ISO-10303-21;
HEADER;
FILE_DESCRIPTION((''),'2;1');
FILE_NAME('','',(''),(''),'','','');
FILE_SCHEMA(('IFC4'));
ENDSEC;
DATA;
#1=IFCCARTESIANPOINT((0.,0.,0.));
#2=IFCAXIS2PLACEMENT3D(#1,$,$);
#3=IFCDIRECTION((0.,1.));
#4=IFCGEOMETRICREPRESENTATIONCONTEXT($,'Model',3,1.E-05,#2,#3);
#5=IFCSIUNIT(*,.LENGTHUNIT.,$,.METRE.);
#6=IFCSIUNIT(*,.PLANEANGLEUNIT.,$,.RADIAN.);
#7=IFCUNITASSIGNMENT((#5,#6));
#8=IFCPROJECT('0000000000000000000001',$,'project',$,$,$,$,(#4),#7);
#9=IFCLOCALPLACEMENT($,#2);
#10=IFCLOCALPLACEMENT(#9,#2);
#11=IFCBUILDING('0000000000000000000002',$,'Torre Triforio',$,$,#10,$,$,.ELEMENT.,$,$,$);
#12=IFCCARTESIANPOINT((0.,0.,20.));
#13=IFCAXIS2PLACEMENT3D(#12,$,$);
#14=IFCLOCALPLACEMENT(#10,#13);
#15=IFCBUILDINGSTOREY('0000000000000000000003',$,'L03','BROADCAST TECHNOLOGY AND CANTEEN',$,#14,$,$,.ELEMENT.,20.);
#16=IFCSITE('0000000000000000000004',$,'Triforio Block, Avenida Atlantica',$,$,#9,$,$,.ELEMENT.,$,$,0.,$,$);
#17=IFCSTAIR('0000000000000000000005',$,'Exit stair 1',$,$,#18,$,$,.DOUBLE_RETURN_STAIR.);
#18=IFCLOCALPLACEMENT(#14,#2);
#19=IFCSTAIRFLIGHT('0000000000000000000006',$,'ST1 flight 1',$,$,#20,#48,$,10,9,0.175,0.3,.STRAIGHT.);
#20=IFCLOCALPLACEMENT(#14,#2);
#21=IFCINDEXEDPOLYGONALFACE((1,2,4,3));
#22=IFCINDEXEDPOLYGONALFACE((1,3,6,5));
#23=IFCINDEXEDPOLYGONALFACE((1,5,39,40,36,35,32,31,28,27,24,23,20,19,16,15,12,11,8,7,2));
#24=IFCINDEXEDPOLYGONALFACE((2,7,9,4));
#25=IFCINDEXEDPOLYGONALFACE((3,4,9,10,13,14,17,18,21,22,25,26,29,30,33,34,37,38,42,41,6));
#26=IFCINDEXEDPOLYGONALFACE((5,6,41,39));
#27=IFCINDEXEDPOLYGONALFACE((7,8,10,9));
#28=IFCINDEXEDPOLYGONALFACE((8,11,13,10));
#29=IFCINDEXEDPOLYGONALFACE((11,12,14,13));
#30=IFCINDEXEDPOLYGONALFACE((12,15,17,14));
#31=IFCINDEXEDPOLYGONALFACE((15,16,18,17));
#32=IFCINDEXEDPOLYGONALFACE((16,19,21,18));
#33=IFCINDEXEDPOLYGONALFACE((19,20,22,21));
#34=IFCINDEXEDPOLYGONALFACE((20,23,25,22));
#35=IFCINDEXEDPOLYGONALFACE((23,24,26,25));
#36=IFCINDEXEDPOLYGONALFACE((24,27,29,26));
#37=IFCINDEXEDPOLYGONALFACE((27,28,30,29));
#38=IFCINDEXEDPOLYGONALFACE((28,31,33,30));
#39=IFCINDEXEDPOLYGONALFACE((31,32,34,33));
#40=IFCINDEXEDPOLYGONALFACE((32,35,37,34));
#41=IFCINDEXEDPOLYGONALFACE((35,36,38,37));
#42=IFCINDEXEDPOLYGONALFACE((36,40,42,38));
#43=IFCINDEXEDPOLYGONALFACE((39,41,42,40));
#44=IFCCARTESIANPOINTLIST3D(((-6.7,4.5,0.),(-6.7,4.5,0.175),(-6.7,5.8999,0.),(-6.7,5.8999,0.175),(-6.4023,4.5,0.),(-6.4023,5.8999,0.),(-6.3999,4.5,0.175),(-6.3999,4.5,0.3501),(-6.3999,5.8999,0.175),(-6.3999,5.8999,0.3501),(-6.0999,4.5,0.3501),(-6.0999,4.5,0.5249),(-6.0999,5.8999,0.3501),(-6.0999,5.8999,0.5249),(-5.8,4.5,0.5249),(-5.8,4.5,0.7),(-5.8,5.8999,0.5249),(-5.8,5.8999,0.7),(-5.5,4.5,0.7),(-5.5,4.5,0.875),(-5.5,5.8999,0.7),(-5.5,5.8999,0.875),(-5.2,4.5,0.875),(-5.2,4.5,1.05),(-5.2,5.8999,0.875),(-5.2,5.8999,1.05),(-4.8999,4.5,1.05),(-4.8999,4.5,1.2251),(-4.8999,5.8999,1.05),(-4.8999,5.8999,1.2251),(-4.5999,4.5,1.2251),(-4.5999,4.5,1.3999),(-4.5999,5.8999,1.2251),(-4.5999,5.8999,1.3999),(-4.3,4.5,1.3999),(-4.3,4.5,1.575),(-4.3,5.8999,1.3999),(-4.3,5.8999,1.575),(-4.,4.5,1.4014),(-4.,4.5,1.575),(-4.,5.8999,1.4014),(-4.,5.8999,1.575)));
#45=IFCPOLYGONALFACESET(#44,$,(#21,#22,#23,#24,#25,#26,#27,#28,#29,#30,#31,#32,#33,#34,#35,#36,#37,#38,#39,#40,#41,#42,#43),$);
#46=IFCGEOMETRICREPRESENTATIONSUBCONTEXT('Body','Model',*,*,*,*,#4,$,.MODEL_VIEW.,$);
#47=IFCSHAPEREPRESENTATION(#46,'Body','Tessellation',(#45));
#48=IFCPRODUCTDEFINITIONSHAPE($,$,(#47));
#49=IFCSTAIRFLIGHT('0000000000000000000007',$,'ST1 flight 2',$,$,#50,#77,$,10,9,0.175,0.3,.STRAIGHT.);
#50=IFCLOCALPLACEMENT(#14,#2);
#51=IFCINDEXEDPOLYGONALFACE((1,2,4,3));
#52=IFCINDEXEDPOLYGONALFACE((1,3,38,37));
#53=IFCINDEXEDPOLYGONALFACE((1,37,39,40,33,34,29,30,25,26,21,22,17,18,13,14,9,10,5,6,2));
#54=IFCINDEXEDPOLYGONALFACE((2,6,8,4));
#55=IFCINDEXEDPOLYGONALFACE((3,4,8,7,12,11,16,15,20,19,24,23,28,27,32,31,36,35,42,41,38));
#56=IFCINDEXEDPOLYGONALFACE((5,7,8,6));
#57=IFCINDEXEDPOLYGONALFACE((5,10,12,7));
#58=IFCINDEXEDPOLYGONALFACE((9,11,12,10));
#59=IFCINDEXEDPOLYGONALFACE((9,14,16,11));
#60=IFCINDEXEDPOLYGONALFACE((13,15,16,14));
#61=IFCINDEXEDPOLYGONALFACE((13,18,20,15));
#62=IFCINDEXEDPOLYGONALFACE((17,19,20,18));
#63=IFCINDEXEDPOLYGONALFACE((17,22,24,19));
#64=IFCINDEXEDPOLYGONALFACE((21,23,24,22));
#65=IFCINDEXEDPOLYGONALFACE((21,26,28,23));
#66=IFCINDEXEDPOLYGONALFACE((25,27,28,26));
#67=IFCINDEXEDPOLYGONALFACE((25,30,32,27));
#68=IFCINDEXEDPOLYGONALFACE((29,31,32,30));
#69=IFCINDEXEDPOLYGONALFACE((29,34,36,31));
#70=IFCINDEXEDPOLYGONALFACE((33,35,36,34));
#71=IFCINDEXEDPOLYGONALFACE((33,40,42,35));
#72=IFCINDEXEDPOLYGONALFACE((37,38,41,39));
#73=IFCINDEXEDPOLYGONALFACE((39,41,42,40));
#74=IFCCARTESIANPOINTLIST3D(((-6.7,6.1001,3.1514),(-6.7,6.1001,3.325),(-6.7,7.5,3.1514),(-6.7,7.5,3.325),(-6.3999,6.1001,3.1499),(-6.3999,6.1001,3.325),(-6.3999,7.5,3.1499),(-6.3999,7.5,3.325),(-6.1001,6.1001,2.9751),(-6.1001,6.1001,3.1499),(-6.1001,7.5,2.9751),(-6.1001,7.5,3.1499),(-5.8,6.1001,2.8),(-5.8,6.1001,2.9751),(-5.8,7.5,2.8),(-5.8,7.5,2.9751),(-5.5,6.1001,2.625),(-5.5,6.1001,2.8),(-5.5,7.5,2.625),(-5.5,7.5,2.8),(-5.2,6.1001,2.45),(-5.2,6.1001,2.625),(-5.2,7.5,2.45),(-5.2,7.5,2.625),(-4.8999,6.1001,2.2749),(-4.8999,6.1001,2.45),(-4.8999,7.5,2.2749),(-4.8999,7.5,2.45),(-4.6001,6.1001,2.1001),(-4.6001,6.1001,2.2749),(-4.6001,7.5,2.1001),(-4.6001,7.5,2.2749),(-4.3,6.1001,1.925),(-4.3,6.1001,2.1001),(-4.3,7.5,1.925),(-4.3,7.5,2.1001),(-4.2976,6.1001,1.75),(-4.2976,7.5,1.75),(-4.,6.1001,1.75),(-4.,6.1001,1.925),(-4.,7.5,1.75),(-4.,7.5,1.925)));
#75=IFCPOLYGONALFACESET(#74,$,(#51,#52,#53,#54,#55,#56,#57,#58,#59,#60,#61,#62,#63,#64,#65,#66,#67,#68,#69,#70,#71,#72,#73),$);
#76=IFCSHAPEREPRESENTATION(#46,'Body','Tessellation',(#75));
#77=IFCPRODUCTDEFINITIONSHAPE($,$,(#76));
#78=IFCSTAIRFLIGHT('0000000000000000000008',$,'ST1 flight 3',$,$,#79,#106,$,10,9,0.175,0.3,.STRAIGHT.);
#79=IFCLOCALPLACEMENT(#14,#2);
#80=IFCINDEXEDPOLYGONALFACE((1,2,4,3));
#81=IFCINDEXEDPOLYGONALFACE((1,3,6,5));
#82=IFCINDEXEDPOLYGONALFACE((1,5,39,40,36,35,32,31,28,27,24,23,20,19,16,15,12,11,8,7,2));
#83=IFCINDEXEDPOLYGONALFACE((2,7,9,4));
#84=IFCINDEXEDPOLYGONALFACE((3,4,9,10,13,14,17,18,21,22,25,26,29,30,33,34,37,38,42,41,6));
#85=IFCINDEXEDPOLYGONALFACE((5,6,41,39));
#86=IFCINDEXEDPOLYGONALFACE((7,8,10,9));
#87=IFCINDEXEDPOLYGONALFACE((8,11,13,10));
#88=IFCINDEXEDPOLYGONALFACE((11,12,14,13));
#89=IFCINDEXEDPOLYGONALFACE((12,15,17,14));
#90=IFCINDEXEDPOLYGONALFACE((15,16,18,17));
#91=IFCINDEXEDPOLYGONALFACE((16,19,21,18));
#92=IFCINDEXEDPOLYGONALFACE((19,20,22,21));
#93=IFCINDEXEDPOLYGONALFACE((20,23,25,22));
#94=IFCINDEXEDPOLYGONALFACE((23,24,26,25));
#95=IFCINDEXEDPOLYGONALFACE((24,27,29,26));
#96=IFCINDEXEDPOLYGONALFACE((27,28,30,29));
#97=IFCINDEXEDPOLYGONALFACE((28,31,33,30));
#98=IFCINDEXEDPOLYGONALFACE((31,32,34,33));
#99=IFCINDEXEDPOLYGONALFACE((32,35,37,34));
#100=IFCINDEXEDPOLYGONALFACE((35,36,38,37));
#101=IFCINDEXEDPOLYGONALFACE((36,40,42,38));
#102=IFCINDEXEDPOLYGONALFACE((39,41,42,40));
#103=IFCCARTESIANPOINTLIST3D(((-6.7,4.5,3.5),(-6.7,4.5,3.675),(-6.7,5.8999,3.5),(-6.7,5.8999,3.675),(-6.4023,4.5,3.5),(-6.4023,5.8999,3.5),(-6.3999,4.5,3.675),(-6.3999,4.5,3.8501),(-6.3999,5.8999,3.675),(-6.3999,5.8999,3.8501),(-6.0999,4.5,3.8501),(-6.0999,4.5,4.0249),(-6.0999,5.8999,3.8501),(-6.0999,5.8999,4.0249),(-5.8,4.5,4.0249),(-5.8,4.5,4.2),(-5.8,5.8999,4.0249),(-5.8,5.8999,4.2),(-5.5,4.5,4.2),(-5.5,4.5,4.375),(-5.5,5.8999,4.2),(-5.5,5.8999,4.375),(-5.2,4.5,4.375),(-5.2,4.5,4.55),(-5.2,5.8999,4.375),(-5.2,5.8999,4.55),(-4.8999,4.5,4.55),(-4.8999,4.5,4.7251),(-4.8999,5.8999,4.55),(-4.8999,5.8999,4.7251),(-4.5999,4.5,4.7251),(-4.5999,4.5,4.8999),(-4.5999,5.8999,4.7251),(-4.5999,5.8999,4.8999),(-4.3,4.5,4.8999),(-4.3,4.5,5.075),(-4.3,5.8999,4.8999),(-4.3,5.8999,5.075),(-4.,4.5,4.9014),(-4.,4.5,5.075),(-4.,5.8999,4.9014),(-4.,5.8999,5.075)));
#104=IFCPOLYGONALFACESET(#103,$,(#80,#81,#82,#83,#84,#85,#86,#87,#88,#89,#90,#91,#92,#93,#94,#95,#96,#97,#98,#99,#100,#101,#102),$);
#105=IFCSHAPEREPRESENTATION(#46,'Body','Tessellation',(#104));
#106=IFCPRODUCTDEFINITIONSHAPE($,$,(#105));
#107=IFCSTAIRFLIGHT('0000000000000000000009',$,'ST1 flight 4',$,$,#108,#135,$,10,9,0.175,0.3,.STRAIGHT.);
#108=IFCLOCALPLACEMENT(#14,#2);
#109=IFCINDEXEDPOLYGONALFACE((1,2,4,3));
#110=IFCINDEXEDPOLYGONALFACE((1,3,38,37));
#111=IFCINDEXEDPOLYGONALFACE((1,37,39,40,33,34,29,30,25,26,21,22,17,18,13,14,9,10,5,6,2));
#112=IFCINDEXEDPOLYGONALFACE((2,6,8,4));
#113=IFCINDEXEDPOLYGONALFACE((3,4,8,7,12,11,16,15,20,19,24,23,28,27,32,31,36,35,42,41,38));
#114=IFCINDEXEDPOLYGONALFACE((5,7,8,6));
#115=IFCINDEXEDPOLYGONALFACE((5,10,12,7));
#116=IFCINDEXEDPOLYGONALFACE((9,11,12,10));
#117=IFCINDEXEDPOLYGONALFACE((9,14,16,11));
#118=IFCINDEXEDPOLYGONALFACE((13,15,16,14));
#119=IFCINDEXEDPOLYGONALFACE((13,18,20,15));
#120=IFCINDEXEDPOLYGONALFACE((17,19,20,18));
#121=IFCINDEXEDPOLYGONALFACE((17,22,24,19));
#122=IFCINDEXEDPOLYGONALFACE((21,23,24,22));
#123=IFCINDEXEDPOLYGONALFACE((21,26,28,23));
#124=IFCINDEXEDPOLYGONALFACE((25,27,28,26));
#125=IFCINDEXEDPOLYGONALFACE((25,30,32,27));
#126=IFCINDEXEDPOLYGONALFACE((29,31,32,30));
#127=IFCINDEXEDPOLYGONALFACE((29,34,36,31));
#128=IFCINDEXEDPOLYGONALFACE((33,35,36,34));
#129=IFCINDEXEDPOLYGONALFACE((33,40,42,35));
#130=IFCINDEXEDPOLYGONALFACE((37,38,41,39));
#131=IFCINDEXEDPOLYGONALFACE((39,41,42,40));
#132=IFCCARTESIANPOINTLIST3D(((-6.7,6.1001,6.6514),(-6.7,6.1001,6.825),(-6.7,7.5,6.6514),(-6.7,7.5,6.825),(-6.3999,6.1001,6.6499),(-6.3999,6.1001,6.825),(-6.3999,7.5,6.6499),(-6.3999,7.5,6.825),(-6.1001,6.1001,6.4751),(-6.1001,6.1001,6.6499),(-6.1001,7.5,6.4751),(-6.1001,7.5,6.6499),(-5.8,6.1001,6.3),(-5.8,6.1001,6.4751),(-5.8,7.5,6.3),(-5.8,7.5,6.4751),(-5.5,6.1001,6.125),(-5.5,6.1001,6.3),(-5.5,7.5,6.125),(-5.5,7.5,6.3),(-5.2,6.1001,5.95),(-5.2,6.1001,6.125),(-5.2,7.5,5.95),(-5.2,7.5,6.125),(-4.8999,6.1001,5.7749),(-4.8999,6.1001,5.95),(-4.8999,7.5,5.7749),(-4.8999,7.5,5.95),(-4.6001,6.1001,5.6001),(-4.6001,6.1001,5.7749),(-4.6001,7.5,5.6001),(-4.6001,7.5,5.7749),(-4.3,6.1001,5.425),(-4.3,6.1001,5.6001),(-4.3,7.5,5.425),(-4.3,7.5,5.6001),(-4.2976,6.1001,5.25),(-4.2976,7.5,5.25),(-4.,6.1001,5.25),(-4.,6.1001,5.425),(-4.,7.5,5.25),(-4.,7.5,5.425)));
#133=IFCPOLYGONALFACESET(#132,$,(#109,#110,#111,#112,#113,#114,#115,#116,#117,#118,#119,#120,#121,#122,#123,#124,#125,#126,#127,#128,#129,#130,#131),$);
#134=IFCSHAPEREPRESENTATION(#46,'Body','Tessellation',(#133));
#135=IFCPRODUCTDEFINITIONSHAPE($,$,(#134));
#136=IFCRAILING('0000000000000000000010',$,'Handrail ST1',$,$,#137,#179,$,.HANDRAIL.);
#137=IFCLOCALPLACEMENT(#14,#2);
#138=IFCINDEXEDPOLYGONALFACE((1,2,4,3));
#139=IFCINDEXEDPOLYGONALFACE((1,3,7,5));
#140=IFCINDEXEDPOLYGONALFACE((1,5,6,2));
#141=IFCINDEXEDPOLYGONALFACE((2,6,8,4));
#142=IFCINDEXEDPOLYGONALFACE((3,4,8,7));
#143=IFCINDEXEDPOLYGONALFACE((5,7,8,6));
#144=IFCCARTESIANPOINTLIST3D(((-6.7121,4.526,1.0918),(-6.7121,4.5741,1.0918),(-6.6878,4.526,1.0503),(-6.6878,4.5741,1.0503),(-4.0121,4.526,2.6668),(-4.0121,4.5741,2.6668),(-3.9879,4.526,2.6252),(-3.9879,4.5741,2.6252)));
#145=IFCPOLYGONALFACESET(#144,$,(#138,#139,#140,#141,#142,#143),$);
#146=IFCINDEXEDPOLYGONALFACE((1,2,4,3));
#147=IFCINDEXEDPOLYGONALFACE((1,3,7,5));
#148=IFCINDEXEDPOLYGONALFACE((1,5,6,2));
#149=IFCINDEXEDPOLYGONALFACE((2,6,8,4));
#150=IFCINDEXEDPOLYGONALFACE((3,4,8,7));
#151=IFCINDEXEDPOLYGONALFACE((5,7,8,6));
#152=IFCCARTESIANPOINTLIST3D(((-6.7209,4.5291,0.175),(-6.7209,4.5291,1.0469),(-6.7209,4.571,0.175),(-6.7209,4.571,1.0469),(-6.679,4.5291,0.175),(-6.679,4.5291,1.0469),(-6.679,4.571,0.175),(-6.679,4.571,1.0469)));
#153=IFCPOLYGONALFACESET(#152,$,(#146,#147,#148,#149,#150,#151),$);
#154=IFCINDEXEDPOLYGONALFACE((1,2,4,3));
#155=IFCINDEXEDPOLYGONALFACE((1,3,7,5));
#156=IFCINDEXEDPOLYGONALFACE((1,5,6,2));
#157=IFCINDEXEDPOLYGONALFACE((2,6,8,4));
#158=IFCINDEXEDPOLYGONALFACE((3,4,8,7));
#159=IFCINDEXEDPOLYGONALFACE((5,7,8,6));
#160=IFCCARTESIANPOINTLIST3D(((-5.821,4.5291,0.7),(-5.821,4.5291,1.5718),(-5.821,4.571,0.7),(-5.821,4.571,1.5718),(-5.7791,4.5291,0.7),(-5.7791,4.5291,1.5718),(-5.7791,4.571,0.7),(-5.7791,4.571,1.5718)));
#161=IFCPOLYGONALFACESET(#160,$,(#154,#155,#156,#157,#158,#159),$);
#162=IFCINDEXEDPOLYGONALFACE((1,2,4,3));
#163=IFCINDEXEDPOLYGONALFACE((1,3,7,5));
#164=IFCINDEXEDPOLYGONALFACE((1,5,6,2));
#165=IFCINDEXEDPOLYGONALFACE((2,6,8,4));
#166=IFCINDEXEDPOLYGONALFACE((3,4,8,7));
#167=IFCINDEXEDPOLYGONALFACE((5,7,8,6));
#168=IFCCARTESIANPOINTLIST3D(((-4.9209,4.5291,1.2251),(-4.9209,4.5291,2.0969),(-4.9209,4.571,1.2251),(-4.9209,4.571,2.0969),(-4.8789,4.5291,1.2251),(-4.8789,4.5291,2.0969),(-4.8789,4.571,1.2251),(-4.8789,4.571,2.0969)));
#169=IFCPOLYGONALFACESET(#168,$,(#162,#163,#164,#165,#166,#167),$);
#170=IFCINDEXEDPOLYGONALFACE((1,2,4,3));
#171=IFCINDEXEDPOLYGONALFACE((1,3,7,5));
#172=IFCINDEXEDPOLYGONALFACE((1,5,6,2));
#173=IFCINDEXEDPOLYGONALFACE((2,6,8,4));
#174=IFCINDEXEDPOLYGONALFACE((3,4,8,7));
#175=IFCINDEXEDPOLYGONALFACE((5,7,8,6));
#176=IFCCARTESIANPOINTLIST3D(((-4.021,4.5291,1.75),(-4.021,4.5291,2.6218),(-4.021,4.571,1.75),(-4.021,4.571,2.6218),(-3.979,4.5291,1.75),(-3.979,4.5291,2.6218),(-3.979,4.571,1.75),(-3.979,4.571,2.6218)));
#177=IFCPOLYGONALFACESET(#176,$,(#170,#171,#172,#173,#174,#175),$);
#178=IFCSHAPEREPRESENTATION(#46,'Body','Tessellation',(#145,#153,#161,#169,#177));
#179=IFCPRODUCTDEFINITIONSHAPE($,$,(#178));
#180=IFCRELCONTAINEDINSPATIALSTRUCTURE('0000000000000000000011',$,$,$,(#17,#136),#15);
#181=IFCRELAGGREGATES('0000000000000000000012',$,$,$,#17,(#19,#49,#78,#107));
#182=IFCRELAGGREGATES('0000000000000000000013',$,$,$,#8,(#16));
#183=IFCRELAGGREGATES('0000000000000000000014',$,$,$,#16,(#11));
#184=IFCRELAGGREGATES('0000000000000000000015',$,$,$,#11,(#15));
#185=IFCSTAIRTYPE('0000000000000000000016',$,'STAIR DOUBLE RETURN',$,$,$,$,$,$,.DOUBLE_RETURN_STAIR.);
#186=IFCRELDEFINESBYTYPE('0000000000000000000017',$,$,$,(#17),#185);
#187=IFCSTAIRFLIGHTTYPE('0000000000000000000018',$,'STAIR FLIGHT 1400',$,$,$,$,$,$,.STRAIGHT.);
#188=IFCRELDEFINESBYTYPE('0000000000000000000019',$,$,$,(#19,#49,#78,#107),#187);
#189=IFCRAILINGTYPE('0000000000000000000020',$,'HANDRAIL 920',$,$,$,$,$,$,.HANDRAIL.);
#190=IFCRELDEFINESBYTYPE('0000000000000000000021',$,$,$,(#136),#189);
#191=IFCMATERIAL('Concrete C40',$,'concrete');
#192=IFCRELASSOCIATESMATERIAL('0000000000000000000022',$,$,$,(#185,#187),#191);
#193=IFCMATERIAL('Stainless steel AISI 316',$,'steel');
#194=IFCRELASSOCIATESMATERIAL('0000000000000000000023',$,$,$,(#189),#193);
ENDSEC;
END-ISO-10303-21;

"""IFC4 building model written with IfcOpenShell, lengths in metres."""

from ifc_helpers import new_model, si_unit, direction, frame, origin, origin_2d, place, context, subcontext, project, spatial, polyline, rectangle, outline, extrude, material, type_object, element, aggregate, save


model = new_model("IFC4")

# Units and contexts
model_context = context("Model", 3, precision=1e-05, world=origin(), true_north=direction((0.0, 1.0)))
body_context = subcontext(model_context, "Body", "Model", "MODEL_VIEW")
ifc_project = project(units=[si_unit("LENGTHUNIT", "METRE"), si_unit("PLANEANGLEUNIT", "RADIAN")], contexts=[model_context])

# Site, building, storey
site_placement = place(None, origin())
site = spatial("IfcSite", under=ifc_project, at=site_placement, Name="Triforio Block, Avenida Atlantica", CompositionType="ELEMENT", RefElevation=0.0)
building_placement = place(site_placement, origin())
building = spatial("IfcBuilding", under=site, at=building_placement, Name="Torre Triforio", CompositionType="ELEMENT")
storey_placement = place(building_placement, frame((0.0, 0.0, 20.0)))
storey = spatial("IfcBuildingStorey", under=building, at=storey_placement, Name="L03", Description="BROADCAST TECHNOLOGY AND CANTEEN", CompositionType="ELEMENT", Elevation=20.0)

# Shared definitions
ifc_material_1 = material(Name="Concrete C40", Category="concrete")

# Stair, stair flights
stair_type = type_object("IfcStairType", Name="STAIR DOUBLE RETURN", PredefinedType="DOUBLE_RETURN_STAIR", material=ifc_material_1)
stair_placement = place(storey_placement, origin())
stair = element("IfcStair", 1, at=stair_placement, inside=storey, type_object=stair_type, Name="Exit stair 1", PredefinedType="DOUBLE_RETURN_STAIR")
stair_flight_type = type_object("IfcStairFlightType", Name="STAIR FLIGHT 1400", PredefinedType="STRAIGHT", material=ifc_material_1)
stair_flight_1_placement = place(storey_placement, frame((-6.7, 5.2, 0.0), z_axis=(0.0, 0.0, 1.0), x_axis=(1.0, 0.0, 0.0)))
stair_flight_1 = element("IfcStairFlight", 2, at=stair_flight_1_placement, type_object=stair_flight_type, Name="ST1 flight 1", NumberOfRisers=10, NumberOfTreads=9, PredefinedType="STRAIGHT", RiserHeight=0.175, TreadLength=0.3, context=body_context, shape_type="SweptSolid", body=[
    extrude(outline(polyline([(0.0, 0.0), (0.0, 0.175), (0.3, 0.175), (0.3, 0.3501), (0.6001, 0.3501), (0.6001, 0.5249), (0.8999, 0.5249), (0.8999, 0.7), (1.2, 0.7), (1.2, 0.875), (1.5, 0.875), (1.5, 1.05), (1.8, 1.05), (1.8, 1.2251), (2.1001, 1.2251), (2.1001, 1.3999), (2.3999, 1.3999), (2.3999, 1.575), (2.7, 1.575), (2.7, 1.75), (2.7, 1.4014), (0.2976, 0.0), (0.0, 0.0)])), frame((0.0, 0.7, 0.0), z_axis=(0.0, -1.0, 0.0), x_axis=(1.0, 0.0, 0.0)), (0.0, 0.0, 1.0), 1.3999),
])
stair_flight_2_placement = place(storey_placement, frame((-4.0, 6.8, 1.75), z_axis=(0.0, 0.0, 1.0), x_axis=(-1.0, 0.0, 0.0)))
stair_flight_2 = element("IfcStairFlight", 3, at=stair_flight_2_placement, type_object=stair_flight_type, Name="ST1 flight 2", NumberOfRisers=10, NumberOfTreads=9, PredefinedType="STRAIGHT", RiserHeight=0.175, TreadLength=0.3, context=body_context, shape_type="SweptSolid", body=[
    extrude(outline(polyline([(0.0, 0.0), (0.0, 0.175), (0.3, 0.175), (0.3, 0.3501), (0.6001, 0.3501), (0.6001, 0.5249), (0.8999, 0.5249), (0.8999, 0.7), (1.2, 0.7), (1.2, 0.875), (1.5, 0.875), (1.5, 1.05), (1.8, 1.05), (1.8, 1.2251), (2.1001, 1.2251), (2.1001, 1.3999), (2.3999, 1.3999), (2.3999, 1.575), (2.7, 1.575), (2.7, 1.75), (2.7, 1.4014), (0.2976, 0.0), (0.0, 0.0)])), frame((0.0, 0.7, 0.0), z_axis=(0.0, -1.0, 0.0), x_axis=(1.0, 0.0, 0.0)), (0.0, 0.0, 1.0), 1.3999),
])
stair_flight_3_placement = place(storey_placement, frame((-6.7, 5.2, 3.5), z_axis=(0.0, 0.0, 1.0), x_axis=(1.0, 0.0, 0.0)))
stair_flight_3 = element("IfcStairFlight", 4, at=stair_flight_3_placement, type_object=stair_flight_type, Name="ST1 flight 3", NumberOfRisers=10, NumberOfTreads=9, PredefinedType="STRAIGHT", RiserHeight=0.175, TreadLength=0.3, context=body_context, shape_type="SweptSolid", body=[
    extrude(outline(polyline([(0.0, 0.0), (0.0, 0.175), (0.3, 0.175), (0.3, 0.3501), (0.6001, 0.3501), (0.6001, 0.5249), (0.8999, 0.5249), (0.8999, 0.7), (1.2, 0.7), (1.2, 0.875), (1.5, 0.875), (1.5, 1.05), (1.8, 1.05), (1.8, 1.2251), (2.1001, 1.2251), (2.1001, 1.3999), (2.3999, 1.3999), (2.3999, 1.575), (2.7, 1.575), (2.7, 1.75), (2.7, 1.4014), (0.2976, 0.0), (0.0, 0.0)])), frame((0.0, 0.7, 0.0), z_axis=(0.0, -1.0, 0.0), x_axis=(1.0, 0.0, 0.0)), (0.0, 0.0, 1.0), 1.3999),
])
stair_flight_4_placement = place(storey_placement, frame((-4.0, 6.8, 5.25), z_axis=(0.0, 0.0, 1.0), x_axis=(-1.0, 0.0, 0.0)))
stair_flight_4 = element("IfcStairFlight", 5, at=stair_flight_4_placement, type_object=stair_flight_type, Name="ST1 flight 4", NumberOfRisers=10, NumberOfTreads=9, PredefinedType="STRAIGHT", RiserHeight=0.175, TreadLength=0.3, context=body_context, shape_type="SweptSolid", body=[
    extrude(outline(polyline([(0.0, 0.0), (0.0, 0.175), (0.3, 0.175), (0.3, 0.3501), (0.6001, 0.3501), (0.6001, 0.5249), (0.8999, 0.5249), (0.8999, 0.7), (1.2, 0.7), (1.2, 0.875), (1.5, 0.875), (1.5, 1.05), (1.8, 1.05), (1.8, 1.2251), (2.1001, 1.2251), (2.1001, 1.3999), (2.3999, 1.3999), (2.3999, 1.575), (2.7, 1.575), (2.7, 1.75), (2.7, 1.4014), (0.2976, 0.0), (0.0, 0.0)])), frame((0.0, 0.7, 0.0), z_axis=(0.0, -1.0, 0.0), x_axis=(1.0, 0.0, 0.0)), (0.0, 0.0, 1.0), 1.3999),
])
aggregate(stair, [stair_flight_1, stair_flight_2, stair_flight_3, stair_flight_4])

# Railing
ifc_material_2 = material(Name="Stainless steel AISI 316", Category="steel")
railing_type = type_object("IfcRailingType", Name="HANDRAIL 920", PredefinedType="HANDRAIL", material=ifc_material_2)
for number, where, name in (
    (6, (-6.7, 4.55, 0.175), "Handrail ST1"),
):
    element("IfcRailing", number, at=place(storey_placement, frame(where)), inside=storey, type_object=railing_type, Name=name, PredefinedType="HANDRAIL", context=body_context, shape_type="SweptSolid", body=[
        extrude(rectangle(XDim=0.0481, YDim=0.0481, at=origin_2d()), frame((0.0, 0.0, 0.896), z_axis=(0.863782, 0.0, 0.503866), x_axis=(0.0, 1.0, 0.0)), (0.0, 0.0, 1.0), 3.1257),
        extrude(rectangle(XDim=0.042, YDim=0.042, at=origin_2d()), origin(), (0.0, 0.0, 1.0), 0.8718),
        extrude(rectangle(XDim=0.042, YDim=0.042, at=origin_2d()), frame((0.8999, 0.0, 0.5249)), (0.0, 0.0, 1.0), 0.8718),
        extrude(rectangle(XDim=0.042, YDim=0.042, at=origin_2d()), frame((1.8, 0.0, 1.05)), (0.0, 0.0, 1.0), 0.8718),
        extrude(rectangle(XDim=0.042, YDim=0.042, at=origin_2d()), frame((2.7, 0.0, 1.575)), (0.0, 0.0, 1.0), 0.8718),
    ])

save(model, "model.ifc")
